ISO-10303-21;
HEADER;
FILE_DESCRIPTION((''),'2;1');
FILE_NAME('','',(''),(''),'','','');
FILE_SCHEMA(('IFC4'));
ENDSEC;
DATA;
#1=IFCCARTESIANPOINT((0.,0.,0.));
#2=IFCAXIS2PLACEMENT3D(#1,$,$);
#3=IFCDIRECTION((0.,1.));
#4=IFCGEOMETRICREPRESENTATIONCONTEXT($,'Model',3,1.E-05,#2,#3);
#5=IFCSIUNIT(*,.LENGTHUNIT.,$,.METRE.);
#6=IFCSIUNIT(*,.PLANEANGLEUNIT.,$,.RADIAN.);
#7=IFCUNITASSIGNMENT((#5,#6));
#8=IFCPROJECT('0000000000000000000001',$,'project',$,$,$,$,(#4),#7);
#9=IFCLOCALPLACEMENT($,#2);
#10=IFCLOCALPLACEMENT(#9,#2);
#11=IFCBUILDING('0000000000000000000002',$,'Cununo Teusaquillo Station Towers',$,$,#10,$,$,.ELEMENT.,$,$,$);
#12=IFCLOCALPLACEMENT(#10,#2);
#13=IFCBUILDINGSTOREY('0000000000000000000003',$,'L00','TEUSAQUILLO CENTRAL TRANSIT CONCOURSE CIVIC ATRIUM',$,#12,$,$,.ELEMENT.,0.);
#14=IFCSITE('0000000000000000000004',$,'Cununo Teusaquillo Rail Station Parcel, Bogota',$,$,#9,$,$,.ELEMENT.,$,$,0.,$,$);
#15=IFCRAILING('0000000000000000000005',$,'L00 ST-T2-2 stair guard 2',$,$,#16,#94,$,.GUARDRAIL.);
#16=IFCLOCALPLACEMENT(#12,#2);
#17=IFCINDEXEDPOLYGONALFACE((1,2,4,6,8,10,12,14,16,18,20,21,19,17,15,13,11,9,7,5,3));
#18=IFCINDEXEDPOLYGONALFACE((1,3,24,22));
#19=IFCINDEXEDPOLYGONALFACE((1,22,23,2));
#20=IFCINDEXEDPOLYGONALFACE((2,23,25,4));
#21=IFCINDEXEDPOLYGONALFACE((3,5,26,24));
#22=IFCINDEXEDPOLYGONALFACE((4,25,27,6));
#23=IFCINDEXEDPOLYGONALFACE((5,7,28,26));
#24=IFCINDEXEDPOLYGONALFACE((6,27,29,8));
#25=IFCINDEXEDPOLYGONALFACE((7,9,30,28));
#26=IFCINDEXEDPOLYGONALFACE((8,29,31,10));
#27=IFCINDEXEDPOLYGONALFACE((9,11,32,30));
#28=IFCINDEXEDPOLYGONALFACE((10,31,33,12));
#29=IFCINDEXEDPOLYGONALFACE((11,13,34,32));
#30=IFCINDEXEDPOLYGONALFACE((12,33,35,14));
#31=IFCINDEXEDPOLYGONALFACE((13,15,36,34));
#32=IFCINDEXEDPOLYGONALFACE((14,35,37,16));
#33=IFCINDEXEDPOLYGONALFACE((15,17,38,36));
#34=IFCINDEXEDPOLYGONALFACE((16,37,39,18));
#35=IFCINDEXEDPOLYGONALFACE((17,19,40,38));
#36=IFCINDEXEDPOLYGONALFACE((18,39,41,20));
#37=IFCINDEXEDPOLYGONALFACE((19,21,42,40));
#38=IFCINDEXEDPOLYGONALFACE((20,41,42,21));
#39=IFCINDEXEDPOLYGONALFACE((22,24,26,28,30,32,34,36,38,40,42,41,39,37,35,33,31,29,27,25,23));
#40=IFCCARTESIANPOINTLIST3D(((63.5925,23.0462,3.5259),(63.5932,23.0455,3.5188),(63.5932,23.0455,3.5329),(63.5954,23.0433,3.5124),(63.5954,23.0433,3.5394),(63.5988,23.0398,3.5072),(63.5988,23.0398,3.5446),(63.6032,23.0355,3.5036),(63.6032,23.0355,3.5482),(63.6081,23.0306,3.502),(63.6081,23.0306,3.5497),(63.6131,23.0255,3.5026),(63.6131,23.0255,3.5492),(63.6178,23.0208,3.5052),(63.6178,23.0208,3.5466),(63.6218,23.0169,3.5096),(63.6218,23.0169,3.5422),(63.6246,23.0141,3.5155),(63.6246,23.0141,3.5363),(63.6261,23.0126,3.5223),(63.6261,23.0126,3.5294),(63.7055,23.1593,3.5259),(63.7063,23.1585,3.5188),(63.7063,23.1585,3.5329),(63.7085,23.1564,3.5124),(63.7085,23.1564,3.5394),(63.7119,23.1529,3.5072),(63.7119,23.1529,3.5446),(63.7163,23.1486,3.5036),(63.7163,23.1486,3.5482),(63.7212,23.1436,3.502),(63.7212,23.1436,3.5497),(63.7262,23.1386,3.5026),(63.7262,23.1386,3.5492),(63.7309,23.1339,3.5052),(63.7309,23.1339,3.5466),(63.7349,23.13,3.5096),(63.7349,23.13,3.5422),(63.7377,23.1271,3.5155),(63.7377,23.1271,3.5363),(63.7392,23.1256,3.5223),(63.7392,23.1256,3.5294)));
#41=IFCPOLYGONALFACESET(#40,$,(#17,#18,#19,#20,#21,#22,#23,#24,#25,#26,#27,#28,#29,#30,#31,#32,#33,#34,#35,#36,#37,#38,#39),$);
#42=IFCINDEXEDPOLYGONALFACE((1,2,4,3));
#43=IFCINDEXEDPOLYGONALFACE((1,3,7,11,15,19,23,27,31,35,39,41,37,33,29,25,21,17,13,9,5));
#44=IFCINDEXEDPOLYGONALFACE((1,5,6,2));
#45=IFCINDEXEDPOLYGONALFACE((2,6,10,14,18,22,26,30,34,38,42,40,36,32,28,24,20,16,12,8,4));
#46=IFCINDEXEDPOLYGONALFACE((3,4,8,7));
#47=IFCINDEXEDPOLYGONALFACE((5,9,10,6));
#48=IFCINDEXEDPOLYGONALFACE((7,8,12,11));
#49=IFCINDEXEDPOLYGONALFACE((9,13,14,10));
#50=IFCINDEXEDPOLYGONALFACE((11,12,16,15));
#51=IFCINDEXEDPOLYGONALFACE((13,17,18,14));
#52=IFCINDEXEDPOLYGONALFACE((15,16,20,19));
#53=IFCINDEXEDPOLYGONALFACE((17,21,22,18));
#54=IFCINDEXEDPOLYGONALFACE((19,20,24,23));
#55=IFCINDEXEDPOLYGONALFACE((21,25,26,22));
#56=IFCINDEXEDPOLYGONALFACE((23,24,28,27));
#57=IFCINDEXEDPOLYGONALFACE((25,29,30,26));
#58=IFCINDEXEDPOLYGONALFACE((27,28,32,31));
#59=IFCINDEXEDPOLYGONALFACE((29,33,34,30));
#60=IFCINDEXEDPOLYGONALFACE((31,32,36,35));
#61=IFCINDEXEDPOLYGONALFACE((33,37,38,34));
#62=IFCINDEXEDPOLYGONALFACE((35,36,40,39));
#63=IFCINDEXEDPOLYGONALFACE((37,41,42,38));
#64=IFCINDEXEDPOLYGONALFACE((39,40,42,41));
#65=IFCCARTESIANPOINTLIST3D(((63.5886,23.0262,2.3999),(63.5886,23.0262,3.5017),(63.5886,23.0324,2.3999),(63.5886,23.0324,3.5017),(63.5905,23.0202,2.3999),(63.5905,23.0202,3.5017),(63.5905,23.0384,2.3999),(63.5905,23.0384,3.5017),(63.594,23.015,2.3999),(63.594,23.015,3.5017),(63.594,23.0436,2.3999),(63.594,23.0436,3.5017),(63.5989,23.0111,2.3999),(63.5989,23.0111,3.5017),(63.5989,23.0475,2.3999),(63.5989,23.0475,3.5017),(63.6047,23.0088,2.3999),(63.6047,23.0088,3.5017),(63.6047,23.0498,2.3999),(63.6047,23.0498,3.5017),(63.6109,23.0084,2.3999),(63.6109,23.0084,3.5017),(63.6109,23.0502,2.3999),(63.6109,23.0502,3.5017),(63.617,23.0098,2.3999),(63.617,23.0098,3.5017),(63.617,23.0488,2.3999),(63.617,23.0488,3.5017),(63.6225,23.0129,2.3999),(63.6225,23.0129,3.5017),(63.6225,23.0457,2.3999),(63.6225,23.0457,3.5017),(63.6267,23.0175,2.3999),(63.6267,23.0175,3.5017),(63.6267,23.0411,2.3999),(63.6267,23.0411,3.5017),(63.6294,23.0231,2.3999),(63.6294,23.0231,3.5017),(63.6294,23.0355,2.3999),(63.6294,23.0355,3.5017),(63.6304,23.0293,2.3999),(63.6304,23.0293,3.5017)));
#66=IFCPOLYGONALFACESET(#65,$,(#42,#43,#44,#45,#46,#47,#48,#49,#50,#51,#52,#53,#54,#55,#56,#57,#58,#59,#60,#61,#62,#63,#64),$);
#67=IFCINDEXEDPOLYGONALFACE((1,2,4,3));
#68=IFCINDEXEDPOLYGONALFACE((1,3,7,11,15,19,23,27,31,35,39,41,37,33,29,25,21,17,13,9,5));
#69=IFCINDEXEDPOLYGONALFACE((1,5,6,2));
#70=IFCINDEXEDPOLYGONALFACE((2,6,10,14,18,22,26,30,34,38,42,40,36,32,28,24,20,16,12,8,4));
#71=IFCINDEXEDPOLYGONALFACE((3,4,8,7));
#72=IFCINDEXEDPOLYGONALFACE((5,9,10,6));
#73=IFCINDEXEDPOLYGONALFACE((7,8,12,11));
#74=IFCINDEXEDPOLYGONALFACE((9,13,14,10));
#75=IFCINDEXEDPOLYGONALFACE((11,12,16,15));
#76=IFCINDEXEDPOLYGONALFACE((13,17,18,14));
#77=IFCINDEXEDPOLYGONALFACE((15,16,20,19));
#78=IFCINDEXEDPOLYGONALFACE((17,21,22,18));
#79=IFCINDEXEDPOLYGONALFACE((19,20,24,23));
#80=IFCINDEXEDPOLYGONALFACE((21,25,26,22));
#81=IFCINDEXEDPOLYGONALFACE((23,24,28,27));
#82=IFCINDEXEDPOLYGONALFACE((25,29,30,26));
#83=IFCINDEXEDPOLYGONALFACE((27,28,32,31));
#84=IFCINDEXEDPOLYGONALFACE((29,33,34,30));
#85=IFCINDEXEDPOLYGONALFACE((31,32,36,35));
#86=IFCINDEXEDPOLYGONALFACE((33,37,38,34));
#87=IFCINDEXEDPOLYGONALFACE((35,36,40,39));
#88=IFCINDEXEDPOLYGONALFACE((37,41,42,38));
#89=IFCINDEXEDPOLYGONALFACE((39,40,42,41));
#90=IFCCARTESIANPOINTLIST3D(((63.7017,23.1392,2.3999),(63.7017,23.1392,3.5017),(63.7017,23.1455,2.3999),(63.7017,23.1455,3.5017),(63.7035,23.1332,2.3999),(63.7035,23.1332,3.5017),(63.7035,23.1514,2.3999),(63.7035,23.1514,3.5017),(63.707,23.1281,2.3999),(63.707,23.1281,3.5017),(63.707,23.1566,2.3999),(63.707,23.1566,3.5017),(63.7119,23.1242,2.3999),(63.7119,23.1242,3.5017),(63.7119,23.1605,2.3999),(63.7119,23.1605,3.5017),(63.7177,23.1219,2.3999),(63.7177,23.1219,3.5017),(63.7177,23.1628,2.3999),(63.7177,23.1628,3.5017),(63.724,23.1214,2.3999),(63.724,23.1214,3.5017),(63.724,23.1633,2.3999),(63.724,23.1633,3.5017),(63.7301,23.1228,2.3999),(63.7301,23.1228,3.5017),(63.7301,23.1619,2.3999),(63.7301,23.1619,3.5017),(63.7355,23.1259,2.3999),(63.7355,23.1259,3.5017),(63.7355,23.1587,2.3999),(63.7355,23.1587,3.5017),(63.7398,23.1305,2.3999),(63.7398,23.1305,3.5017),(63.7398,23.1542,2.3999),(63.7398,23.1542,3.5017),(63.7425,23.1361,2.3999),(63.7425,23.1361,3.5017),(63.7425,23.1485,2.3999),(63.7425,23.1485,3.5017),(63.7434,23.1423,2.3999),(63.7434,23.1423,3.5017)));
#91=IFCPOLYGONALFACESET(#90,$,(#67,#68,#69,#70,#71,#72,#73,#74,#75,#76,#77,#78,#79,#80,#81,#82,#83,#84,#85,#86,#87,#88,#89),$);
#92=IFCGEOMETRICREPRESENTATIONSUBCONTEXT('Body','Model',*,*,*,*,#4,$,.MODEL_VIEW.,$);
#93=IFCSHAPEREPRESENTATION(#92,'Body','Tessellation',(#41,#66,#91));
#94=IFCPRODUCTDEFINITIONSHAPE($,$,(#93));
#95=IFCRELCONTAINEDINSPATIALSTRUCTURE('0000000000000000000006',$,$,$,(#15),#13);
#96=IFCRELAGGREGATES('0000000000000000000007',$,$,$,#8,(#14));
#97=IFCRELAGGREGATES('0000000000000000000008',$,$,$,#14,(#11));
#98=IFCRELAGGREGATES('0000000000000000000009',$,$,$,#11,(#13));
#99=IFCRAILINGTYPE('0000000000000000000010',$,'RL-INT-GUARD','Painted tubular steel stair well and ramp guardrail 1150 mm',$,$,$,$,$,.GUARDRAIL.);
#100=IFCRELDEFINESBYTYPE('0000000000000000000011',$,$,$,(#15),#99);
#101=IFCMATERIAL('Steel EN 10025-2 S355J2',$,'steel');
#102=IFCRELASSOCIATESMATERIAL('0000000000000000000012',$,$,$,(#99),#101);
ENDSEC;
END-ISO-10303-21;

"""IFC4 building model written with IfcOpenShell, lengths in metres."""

from ifc_helpers import new_model, si_unit, direction, frame, origin, origin_2d, place, context, subcontext, project, spatial, circle, extrude, material, type_object, element, save


model = new_model("IFC4")

# Units and contexts
model_context = context("Model", 3, precision=1e-05, world=origin(), true_north=direction((0.0, 1.0)))
body_context = subcontext(model_context, "Body", "Model", "MODEL_VIEW")
ifc_project = project(units=[si_unit("LENGTHUNIT", "METRE"), si_unit("PLANEANGLEUNIT", "RADIAN")], contexts=[model_context])

# Site, building, storey
site_placement = place(None, origin())
site = spatial("IfcSite", under=ifc_project, at=site_placement, Name="Cununo Teusaquillo Rail Station Parcel, Bogota", CompositionType="ELEMENT", RefElevation=0.0)
building_placement = place(site_placement, origin())
building = spatial("IfcBuilding", under=site, at=building_placement, Name="Cununo Teusaquillo Station Towers", CompositionType="ELEMENT")
storey_placement = place(building_placement, origin())
storey = spatial("IfcBuildingStorey", under=building, at=storey_placement, Name="L00", Description="TEUSAQUILLO CENTRAL TRANSIT CONCOURSE CIVIC ATRIUM", CompositionType="ELEMENT", Elevation=0.0)

# Railing
ifc_material_1 = material(Name="Steel EN 10025-2 S355J2", Category="steel")
railing_type_1 = type_object("IfcRailingType", Name="RL-INT-GUARD", Description="Painted tubular steel stair well and ramp guardrail 1150 mm", PredefinedType="GUARDRAIL", material=ifc_material_1)
railing_1_placement = place(storey_placement, frame((63.6094, 23.0293, 2.3999)))
element("IfcRailing", 1, at=railing_1_placement, inside=storey, type_object=railing_type_1, Name="L00 ST-T2-2 stair guard 2", PredefinedType="GUARDRAIL", context=body_context, shape_type="SweptSolid", body=[
    extrude(circle(Radius=0.0239, at=origin_2d()), frame((0.0, 0.0, 1.126), z_axis=(0.707107, 0.707107, 0.0), x_axis=(-0.707107, 0.707107, 0.0)), (0.0, 0.0, 1.0), 0.1599),
    extrude(circle(Radius=0.021, at=origin_2d()), origin(), (0.0, 0.0, 1.0), 1.1018),
    extrude(circle(Radius=0.021, at=origin_2d()), frame((0.113, 0.113, 0.0)), (0.0, 0.0, 1.0), 1.1018),
])

save(model, "model.ifc")
